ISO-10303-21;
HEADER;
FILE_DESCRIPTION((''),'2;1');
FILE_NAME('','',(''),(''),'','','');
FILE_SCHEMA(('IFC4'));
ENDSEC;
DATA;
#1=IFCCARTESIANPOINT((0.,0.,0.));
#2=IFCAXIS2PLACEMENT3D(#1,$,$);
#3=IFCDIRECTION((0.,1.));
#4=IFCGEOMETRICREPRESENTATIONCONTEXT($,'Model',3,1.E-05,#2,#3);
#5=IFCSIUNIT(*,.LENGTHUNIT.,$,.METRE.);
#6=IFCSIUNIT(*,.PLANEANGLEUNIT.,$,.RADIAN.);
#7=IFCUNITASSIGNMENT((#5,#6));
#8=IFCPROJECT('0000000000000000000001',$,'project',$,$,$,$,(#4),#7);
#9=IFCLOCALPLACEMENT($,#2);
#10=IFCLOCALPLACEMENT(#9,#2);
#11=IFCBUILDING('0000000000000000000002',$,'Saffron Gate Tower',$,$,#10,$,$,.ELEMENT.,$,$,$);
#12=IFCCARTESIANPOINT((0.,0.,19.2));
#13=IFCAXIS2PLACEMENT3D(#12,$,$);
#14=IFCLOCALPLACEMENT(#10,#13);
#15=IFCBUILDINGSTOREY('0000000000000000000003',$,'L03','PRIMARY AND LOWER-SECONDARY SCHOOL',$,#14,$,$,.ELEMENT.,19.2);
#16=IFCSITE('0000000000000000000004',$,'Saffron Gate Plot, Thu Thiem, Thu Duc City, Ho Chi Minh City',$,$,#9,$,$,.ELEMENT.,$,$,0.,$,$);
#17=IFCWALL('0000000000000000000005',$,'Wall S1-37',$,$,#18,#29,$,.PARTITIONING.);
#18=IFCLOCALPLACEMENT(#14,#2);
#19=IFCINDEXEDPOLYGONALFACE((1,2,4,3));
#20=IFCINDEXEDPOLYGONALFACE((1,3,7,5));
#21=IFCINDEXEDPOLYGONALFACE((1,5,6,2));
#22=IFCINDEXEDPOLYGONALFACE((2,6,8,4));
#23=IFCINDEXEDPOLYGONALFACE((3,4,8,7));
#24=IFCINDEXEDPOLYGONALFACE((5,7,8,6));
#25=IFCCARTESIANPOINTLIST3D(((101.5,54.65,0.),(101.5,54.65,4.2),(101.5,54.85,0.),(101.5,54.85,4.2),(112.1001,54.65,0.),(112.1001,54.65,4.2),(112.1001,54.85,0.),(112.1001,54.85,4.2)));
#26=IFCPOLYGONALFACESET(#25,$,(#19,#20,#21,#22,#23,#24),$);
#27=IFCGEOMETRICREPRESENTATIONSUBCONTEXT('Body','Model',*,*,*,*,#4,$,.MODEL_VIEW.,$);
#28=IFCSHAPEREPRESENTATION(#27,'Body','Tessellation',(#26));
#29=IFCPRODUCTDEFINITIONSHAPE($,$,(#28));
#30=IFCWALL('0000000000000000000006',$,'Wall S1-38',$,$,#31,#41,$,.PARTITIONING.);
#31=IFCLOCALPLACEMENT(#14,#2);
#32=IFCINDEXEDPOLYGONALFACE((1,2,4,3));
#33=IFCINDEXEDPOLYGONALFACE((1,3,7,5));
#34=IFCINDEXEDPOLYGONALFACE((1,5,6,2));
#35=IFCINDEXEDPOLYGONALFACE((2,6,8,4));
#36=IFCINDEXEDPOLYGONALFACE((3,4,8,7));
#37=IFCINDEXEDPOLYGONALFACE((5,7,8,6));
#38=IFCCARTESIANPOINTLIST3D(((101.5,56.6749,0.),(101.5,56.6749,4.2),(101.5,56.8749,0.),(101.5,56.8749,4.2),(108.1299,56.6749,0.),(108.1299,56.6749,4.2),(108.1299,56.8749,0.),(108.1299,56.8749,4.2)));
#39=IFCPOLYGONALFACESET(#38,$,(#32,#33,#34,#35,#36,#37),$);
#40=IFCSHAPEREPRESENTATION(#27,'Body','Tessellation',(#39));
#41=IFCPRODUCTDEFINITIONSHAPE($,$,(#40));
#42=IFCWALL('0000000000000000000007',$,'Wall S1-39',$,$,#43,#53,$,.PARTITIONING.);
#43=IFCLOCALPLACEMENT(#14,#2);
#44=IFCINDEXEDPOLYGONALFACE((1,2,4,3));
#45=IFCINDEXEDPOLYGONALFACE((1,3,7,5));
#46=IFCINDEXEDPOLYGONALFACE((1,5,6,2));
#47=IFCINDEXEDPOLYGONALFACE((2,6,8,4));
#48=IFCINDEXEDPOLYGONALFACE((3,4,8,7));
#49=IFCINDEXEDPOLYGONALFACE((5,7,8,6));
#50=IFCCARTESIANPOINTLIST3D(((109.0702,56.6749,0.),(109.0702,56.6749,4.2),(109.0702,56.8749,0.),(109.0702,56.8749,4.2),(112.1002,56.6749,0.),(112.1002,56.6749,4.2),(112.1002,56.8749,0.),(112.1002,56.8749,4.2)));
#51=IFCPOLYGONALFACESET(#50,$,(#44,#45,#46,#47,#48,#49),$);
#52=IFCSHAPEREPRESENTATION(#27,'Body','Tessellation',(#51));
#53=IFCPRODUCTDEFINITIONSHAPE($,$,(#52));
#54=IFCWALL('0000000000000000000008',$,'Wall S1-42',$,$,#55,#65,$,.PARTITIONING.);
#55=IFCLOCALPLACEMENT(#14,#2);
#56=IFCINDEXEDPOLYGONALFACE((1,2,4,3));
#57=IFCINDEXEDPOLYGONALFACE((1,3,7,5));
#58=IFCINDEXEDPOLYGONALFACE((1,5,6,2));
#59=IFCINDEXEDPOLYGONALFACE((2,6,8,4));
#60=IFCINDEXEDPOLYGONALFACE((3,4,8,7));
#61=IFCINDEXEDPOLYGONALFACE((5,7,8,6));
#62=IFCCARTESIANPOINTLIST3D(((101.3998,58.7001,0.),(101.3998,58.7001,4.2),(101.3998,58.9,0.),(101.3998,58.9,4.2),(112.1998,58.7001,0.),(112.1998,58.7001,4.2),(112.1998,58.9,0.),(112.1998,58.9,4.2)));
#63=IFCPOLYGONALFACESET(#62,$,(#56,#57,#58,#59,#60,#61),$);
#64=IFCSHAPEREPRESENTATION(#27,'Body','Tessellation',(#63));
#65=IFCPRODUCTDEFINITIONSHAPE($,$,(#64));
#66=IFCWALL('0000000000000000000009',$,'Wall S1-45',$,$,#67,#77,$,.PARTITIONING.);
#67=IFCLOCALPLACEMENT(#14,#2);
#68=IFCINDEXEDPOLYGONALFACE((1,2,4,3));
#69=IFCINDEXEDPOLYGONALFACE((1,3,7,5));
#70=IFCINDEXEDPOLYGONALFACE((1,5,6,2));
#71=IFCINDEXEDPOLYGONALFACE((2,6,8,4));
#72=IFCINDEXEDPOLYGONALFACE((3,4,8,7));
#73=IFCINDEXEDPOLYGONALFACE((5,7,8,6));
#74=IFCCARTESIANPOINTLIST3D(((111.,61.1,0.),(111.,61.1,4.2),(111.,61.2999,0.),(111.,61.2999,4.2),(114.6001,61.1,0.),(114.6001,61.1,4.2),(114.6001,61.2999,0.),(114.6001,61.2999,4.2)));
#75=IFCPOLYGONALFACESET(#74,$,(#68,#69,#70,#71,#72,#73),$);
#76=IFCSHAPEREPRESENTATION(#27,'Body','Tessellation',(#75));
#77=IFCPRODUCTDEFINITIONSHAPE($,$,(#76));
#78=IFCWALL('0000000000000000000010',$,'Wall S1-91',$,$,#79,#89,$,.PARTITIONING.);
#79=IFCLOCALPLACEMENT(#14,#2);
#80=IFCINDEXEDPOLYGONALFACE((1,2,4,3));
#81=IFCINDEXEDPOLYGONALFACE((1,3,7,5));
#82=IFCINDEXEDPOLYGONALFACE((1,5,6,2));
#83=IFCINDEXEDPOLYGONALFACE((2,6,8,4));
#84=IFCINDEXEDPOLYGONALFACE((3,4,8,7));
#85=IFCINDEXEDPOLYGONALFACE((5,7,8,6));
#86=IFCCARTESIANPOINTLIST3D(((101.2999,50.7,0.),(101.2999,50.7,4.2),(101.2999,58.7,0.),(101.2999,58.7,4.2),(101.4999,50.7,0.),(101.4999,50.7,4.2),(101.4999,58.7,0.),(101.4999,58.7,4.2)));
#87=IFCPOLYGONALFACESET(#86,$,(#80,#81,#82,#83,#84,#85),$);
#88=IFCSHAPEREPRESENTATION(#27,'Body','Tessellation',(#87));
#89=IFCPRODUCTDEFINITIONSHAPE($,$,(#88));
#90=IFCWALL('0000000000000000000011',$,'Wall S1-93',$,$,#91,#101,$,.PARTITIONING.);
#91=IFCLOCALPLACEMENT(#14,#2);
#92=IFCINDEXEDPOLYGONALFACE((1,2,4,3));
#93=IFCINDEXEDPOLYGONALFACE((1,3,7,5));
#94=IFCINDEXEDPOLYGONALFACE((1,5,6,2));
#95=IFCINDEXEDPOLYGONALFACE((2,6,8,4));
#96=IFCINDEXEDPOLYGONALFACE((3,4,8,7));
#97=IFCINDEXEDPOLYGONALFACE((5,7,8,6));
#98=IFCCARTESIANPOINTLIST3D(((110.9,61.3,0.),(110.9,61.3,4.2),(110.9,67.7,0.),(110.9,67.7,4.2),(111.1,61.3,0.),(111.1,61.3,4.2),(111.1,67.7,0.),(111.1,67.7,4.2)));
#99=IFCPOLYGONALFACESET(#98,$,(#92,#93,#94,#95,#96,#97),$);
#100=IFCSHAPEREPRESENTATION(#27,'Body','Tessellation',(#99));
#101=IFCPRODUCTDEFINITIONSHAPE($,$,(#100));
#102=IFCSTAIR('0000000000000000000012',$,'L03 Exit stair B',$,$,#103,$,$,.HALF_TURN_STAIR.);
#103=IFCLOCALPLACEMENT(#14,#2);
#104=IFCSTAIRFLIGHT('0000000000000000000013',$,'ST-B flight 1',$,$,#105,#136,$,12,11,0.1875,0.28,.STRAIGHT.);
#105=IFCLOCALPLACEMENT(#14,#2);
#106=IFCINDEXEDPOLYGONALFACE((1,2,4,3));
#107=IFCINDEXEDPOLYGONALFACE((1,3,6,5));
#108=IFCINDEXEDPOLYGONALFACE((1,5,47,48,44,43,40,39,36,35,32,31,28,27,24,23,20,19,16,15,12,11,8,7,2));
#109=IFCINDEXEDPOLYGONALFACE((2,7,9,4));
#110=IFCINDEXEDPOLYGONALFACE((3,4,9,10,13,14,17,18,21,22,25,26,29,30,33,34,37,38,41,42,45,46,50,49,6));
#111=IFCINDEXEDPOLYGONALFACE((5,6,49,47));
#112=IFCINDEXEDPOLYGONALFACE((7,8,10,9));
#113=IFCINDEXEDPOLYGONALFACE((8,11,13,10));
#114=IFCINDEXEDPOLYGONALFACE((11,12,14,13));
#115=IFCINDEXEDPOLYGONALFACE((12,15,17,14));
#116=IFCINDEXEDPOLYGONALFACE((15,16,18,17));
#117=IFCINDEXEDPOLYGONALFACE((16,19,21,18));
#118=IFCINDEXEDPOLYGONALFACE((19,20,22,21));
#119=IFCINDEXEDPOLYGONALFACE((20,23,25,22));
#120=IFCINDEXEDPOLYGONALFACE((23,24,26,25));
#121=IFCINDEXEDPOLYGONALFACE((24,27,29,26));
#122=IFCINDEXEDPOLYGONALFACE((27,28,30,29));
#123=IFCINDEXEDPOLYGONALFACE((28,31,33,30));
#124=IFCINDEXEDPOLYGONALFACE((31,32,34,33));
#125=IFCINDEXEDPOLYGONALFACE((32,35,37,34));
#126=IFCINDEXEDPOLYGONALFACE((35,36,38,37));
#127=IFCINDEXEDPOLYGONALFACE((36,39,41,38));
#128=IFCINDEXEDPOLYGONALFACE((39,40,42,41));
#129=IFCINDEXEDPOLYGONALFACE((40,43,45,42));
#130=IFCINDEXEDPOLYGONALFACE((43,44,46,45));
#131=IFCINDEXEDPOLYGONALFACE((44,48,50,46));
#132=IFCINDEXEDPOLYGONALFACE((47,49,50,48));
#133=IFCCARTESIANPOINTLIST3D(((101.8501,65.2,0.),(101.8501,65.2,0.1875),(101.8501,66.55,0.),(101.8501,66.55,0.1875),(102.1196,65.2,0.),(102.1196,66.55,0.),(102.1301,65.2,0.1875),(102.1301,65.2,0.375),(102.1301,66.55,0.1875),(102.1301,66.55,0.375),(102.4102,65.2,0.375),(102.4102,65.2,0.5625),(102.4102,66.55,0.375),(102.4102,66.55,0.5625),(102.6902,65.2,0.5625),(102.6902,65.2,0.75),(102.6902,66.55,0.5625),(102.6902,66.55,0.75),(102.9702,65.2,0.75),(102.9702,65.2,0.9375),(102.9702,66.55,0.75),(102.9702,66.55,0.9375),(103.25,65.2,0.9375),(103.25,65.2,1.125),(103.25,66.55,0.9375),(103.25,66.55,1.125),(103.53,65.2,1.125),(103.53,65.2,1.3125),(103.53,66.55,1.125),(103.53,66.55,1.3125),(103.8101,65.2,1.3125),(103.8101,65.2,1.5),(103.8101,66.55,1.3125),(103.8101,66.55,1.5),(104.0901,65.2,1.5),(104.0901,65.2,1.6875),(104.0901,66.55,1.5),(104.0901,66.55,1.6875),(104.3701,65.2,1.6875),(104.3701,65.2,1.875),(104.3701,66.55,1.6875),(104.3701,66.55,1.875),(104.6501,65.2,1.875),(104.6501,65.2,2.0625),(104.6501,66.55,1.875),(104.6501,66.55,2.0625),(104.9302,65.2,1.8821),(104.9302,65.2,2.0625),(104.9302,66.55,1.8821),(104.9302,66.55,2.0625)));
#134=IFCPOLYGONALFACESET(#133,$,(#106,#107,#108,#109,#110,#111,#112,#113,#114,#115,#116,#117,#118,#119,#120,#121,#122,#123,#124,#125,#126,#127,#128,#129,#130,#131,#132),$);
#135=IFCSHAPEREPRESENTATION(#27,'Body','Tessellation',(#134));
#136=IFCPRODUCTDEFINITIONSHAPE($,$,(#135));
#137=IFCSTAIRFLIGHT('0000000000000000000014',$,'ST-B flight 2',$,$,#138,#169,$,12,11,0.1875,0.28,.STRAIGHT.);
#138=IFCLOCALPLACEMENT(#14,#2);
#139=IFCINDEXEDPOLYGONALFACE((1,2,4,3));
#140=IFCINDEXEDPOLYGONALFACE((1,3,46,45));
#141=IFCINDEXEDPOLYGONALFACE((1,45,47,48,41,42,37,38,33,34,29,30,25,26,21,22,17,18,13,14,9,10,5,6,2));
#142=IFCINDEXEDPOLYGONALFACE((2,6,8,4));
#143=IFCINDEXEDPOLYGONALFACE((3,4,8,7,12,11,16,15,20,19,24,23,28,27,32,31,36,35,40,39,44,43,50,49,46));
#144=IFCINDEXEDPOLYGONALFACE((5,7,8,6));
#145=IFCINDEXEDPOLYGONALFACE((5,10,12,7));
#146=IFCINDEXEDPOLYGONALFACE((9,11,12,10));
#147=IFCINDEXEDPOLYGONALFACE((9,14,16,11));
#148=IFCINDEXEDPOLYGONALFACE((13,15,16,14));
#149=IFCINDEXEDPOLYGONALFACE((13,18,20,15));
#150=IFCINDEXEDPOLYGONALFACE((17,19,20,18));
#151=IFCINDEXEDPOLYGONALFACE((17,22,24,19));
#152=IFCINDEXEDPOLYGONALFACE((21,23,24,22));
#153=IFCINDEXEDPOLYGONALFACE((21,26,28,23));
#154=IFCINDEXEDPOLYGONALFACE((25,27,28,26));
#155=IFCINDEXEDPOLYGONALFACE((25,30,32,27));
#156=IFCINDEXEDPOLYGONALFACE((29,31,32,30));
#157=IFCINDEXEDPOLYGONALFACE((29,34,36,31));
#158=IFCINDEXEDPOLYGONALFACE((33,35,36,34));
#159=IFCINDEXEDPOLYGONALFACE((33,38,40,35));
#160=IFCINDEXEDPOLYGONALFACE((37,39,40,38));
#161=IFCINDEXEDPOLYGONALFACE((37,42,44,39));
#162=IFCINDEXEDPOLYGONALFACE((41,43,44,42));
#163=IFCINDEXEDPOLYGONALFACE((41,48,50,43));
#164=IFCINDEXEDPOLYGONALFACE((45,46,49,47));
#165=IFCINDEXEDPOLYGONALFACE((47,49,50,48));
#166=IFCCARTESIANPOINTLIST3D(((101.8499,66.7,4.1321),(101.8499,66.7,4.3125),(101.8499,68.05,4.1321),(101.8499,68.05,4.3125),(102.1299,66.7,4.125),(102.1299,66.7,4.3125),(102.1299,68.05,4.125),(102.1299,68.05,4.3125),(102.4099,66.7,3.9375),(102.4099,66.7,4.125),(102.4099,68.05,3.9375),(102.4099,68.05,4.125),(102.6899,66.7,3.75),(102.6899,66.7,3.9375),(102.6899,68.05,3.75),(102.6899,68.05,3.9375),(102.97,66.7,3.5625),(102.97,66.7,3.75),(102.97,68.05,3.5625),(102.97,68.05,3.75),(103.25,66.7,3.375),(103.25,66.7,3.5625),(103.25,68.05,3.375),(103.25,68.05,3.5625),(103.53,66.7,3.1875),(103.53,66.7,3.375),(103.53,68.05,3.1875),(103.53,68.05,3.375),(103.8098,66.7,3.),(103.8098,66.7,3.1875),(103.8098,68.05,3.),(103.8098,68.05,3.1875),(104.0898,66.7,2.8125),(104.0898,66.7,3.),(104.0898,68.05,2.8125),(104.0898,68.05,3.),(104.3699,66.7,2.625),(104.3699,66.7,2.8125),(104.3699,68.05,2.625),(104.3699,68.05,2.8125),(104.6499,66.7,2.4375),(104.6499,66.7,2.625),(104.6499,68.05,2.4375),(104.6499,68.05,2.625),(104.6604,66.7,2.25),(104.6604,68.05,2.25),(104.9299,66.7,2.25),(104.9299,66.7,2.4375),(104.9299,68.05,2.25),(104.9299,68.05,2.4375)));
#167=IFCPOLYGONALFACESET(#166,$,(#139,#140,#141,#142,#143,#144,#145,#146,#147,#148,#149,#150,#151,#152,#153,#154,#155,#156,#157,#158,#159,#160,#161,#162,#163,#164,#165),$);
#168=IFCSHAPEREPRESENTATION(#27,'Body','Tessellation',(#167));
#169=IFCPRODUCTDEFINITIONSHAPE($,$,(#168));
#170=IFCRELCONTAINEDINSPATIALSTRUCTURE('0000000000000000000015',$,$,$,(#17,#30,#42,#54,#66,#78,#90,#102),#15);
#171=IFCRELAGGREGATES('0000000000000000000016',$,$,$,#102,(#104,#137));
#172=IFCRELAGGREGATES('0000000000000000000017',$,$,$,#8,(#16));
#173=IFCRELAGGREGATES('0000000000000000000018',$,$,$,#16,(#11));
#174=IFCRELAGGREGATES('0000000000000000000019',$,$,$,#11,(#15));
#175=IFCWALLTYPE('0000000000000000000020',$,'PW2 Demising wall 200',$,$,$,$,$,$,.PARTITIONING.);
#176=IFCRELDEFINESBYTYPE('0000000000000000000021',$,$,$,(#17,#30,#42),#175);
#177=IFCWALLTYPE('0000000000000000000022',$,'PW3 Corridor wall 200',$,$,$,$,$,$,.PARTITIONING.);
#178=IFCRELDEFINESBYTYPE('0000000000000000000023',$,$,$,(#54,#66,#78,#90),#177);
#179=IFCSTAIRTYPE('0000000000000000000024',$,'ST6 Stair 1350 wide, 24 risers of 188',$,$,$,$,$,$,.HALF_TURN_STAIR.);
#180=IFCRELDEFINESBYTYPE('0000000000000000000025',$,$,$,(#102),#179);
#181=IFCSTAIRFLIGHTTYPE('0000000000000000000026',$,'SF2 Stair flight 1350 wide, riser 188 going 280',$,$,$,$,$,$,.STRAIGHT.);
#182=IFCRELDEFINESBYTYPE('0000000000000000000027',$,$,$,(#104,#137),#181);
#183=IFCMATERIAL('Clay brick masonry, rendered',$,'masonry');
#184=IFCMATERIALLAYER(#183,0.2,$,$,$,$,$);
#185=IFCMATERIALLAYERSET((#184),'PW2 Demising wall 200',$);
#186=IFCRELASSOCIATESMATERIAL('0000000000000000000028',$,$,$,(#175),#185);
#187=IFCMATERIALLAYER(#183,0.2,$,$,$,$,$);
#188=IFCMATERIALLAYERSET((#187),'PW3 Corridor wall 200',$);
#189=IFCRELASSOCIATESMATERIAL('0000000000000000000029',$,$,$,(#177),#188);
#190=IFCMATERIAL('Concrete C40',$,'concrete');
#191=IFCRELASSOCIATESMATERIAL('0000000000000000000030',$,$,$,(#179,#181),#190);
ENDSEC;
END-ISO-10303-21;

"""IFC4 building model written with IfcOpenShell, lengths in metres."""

from ifc_helpers import new_model, si_unit, direction, frame, frame_2d, origin, place, context, subcontext, project, spatial, polyline, rectangle, outline, extrude, material, layer, layer_set, type_object, element, aggregate, save


model = new_model("IFC4")

# Units and contexts
model_context = context("Model", 3, precision=1e-05, world=origin(), true_north=direction((0.0, 1.0)))
body_context = subcontext(model_context, "Body", "Model", "MODEL_VIEW")
ifc_project = project(units=[si_unit("LENGTHUNIT", "METRE"), si_unit("PLANEANGLEUNIT", "RADIAN")], contexts=[model_context])

# Site, building, storey
site_placement = place(None, origin())
site = spatial("IfcSite", under=ifc_project, at=site_placement, Name="Saffron Gate Plot, Thu Thiem, Thu Duc City, Ho Chi Minh City", CompositionType="ELEMENT", RefElevation=0.0)
building_placement = place(site_placement, origin())
building = spatial("IfcBuilding", under=site, at=building_placement, Name="Saffron Gate Tower", CompositionType="ELEMENT")
storey_placement = place(building_placement, frame((0.0, 0.0, 19.2)))
storey = spatial("IfcBuildingStorey", under=building, at=storey_placement, Name="L03", Description="PRIMARY AND LOWER-SECONDARY SCHOOL", CompositionType="ELEMENT", Elevation=19.2)

# Walls
ifc_material_1 = material(Name="Clay brick masonry, rendered", Category="masonry")
ifc_layer_1 = layer(ifc_material_1, 0.2)
ifc_layer_set_1 = layer_set([ifc_layer_1], Name="PW2 Demising wall 200")
wall_type_1 = type_object("IfcWallType", Name="PW2 Demising wall 200", PredefinedType="PARTITIONING", material=ifc_layer_set_1)
wall_1_placement = place(storey_placement, frame((101.5, 54.75, 0.0), z_axis=(0.0, 0.0, 1.0), x_axis=(1.0, 0.0, 0.0)))
element("IfcWall", 1, at=wall_1_placement, inside=storey, type_object=wall_type_1, Name="Wall S1-37", PredefinedType="PARTITIONING", context=body_context, shape_type="SweptSolid", body=[
    extrude(rectangle(XDim=10.6001, YDim=0.2, at=frame_2d((5.3, 0.0))), origin(), (0.0, 0.0, 1.0), 4.2),
])
wall_2_placement = place(storey_placement, frame((101.5, 56.7749, 0.0), z_axis=(0.0, 0.0, 1.0), x_axis=(1.0, 0.0, 0.0)))
element("IfcWall", 2, at=wall_2_placement, inside=storey, type_object=wall_type_1, Name="Wall S1-38", PredefinedType="PARTITIONING", context=body_context, shape_type="SweptSolid", body=[
    extrude(rectangle(XDim=6.6299, YDim=0.2, at=frame_2d((3.3149, 0.0))), origin(), (0.0, 0.0, 1.0), 4.2),
])
wall_3_placement = place(storey_placement, frame((109.0701, 56.7749, 0.0), z_axis=(0.0, 0.0, 1.0), x_axis=(1.0, 0.0, 0.0)))
element("IfcWall", 3, at=wall_3_placement, inside=storey, type_object=wall_type_1, Name="Wall S1-39", PredefinedType="PARTITIONING", context=body_context, shape_type="SweptSolid", body=[
    extrude(rectangle(XDim=3.03, YDim=0.2, at=frame_2d((1.5151, 0.0))), origin(), (0.0, 0.0, 1.0), 4.2),
])
ifc_layer_2 = layer(ifc_material_1, 0.2)
ifc_layer_set_2 = layer_set([ifc_layer_2], Name="PW3 Corridor wall 200")
wall_type_2 = type_object("IfcWallType", Name="PW3 Corridor wall 200", PredefinedType="PARTITIONING", material=ifc_layer_set_2)
wall_4_placement = place(storey_placement, frame((101.3999, 58.8, 0.0), z_axis=(0.0, 0.0, 1.0), x_axis=(1.0, 0.0, 0.0)))
element("IfcWall", 4, at=wall_4_placement, inside=storey, type_object=wall_type_2, Name="Wall S1-42", PredefinedType="PARTITIONING", context=body_context, shape_type="SweptSolid", body=[
    extrude(rectangle(XDim=10.8, YDim=0.2, at=frame_2d((5.3999, 0.0))), origin(), (0.0, 0.0, 1.0), 4.2),
])
wall_5_placement = place(storey_placement, frame((111.0, 61.2, 0.0), z_axis=(0.0, 0.0, 1.0), x_axis=(1.0, 0.0, 0.0)))
element("IfcWall", 5, at=wall_5_placement, inside=storey, type_object=wall_type_2, Name="Wall S1-45", PredefinedType="PARTITIONING", context=body_context, shape_type="SweptSolid", body=[
    extrude(rectangle(XDim=3.6001, YDim=0.2, at=frame_2d((1.8, 0.0))), origin(), (0.0, 0.0, 1.0), 4.2),
])
wall_6_placement = place(storey_placement, frame((101.3999, 58.7, 0.0), z_axis=(0.0, 0.0, 1.0), x_axis=(0.0, -1.0, 0.0)))
element("IfcWall", 6, at=wall_6_placement, inside=storey, type_object=wall_type_2, Name="Wall S1-91", PredefinedType="PARTITIONING", context=body_context, shape_type="SweptSolid", body=[
    extrude(rectangle(XDim=8.0, YDim=0.2, at=frame_2d((4.0, 0.0))), origin(), (0.0, 0.0, 1.0), 4.2),
])
wall_7_placement = place(storey_placement, frame((111.0, 67.7, 0.0), z_axis=(0.0, 0.0, 1.0), x_axis=(0.0, -1.0, 0.0)))
element("IfcWall", 7, at=wall_7_placement, inside=storey, type_object=wall_type_2, Name="Wall S1-93", PredefinedType="PARTITIONING", context=body_context, shape_type="SweptSolid", body=[
    extrude(rectangle(XDim=6.3999, YDim=0.2, at=frame_2d((3.2, 0.0))), origin(), (0.0, 0.0, 1.0), 4.2),
])

# Stair, stair flights
ifc_material_2 = material(Name="Concrete C40", Category="concrete")
stair_type = type_object("IfcStairType", Name="ST6 Stair 1350 wide, 24 risers of 188", PredefinedType="HALF_TURN_STAIR", material=ifc_material_2)
stair_placement = place(storey_placement, origin())
stair = element("IfcStair", 8, at=stair_placement, inside=storey, type_object=stair_type, Name="L03 Exit stair B", PredefinedType="HALF_TURN_STAIR")
stair_flight_type = type_object("IfcStairFlightType", Name="SF2 Stair flight 1350 wide, riser 188 going 280", PredefinedType="STRAIGHT", material=ifc_material_2)
stair_flight_1_placement = place(storey_placement, frame((101.8501, 65.875, 0.0), z_axis=(0.0, 0.0, 1.0), x_axis=(1.0, 0.0, 0.0)))
stair_flight_1 = element("IfcStairFlight", 9, at=stair_flight_1_placement, type_object=stair_flight_type, Name="ST-B flight 1", NumberOfRisers=12, NumberOfTreads=11, PredefinedType="STRAIGHT", RiserHeight=0.1875, TreadLength=0.28, context=body_context, shape_type="SweptSolid", body=[
    extrude(outline(polyline([(0.0, 0.0), (0.0, 0.1875), (0.28, 0.1875), (0.28, 0.375), (0.5601, 0.375), (0.5601, 0.5625), (0.8401, 0.5625), (0.8401, 0.75), (1.1201, 0.75), (1.1201, 0.9375), (1.3999, 0.9375), (1.3999, 1.125), (1.6799, 1.125), (1.6799, 1.3125), (1.96, 1.3125), (1.96, 1.5), (2.24, 1.5), (2.24, 1.6875), (2.52, 1.6875), (2.52, 1.875), (2.8, 1.875), (2.8, 2.0625), (3.0801, 2.0625), (3.0801, 2.25), (3.0801, 1.8821), (0.2695, 0.0), (0.0, 0.0)])), frame((0.0, 0.675, 0.0), z_axis=(0.0, -1.0, 0.0), x_axis=(1.0, 0.0, 0.0)), (0.0, 0.0, 1.0), 1.3501),
])
stair_flight_2_placement = place(storey_placement, frame((104.9299, 67.375, 2.25), z_axis=(0.0, 0.0, 1.0), x_axis=(-1.0, 0.0, 0.0)))
stair_flight_2 = element("IfcStairFlight", 10, at=stair_flight_2_placement, type_object=stair_flight_type, Name="ST-B flight 2", NumberOfRisers=12, NumberOfTreads=11, PredefinedType="STRAIGHT", RiserHeight=0.1875, TreadLength=0.28, context=body_context, shape_type="SweptSolid", body=[
    extrude(outline(polyline([(0.0, 0.0), (0.0, 0.1875), (0.28, 0.1875), (0.28, 0.375), (0.5601, 0.375), (0.5601, 0.5625), (0.8401, 0.5625), (0.8401, 0.75), (1.1201, 0.75), (1.1201, 0.9375), (1.3999, 0.9375), (1.3999, 1.125), (1.6799, 1.125), (1.6799, 1.3125), (1.96, 1.3125), (1.96, 1.5), (2.24, 1.5), (2.24, 1.6875), (2.52, 1.6875), (2.52, 1.875), (2.8, 1.875), (2.8, 2.0625), (3.0801, 2.0625), (3.0801, 2.25), (3.0801, 1.8821), (0.2695, 0.0), (0.0, 0.0)])), frame((0.0, 0.675, 0.0), z_axis=(0.0, -1.0, 0.0), x_axis=(1.0, 0.0, 0.0)), (0.0, 0.0, 1.0), 1.3501),
])
aggregate(stair, [stair_flight_1, stair_flight_2])

save(model, "model.ifc")
